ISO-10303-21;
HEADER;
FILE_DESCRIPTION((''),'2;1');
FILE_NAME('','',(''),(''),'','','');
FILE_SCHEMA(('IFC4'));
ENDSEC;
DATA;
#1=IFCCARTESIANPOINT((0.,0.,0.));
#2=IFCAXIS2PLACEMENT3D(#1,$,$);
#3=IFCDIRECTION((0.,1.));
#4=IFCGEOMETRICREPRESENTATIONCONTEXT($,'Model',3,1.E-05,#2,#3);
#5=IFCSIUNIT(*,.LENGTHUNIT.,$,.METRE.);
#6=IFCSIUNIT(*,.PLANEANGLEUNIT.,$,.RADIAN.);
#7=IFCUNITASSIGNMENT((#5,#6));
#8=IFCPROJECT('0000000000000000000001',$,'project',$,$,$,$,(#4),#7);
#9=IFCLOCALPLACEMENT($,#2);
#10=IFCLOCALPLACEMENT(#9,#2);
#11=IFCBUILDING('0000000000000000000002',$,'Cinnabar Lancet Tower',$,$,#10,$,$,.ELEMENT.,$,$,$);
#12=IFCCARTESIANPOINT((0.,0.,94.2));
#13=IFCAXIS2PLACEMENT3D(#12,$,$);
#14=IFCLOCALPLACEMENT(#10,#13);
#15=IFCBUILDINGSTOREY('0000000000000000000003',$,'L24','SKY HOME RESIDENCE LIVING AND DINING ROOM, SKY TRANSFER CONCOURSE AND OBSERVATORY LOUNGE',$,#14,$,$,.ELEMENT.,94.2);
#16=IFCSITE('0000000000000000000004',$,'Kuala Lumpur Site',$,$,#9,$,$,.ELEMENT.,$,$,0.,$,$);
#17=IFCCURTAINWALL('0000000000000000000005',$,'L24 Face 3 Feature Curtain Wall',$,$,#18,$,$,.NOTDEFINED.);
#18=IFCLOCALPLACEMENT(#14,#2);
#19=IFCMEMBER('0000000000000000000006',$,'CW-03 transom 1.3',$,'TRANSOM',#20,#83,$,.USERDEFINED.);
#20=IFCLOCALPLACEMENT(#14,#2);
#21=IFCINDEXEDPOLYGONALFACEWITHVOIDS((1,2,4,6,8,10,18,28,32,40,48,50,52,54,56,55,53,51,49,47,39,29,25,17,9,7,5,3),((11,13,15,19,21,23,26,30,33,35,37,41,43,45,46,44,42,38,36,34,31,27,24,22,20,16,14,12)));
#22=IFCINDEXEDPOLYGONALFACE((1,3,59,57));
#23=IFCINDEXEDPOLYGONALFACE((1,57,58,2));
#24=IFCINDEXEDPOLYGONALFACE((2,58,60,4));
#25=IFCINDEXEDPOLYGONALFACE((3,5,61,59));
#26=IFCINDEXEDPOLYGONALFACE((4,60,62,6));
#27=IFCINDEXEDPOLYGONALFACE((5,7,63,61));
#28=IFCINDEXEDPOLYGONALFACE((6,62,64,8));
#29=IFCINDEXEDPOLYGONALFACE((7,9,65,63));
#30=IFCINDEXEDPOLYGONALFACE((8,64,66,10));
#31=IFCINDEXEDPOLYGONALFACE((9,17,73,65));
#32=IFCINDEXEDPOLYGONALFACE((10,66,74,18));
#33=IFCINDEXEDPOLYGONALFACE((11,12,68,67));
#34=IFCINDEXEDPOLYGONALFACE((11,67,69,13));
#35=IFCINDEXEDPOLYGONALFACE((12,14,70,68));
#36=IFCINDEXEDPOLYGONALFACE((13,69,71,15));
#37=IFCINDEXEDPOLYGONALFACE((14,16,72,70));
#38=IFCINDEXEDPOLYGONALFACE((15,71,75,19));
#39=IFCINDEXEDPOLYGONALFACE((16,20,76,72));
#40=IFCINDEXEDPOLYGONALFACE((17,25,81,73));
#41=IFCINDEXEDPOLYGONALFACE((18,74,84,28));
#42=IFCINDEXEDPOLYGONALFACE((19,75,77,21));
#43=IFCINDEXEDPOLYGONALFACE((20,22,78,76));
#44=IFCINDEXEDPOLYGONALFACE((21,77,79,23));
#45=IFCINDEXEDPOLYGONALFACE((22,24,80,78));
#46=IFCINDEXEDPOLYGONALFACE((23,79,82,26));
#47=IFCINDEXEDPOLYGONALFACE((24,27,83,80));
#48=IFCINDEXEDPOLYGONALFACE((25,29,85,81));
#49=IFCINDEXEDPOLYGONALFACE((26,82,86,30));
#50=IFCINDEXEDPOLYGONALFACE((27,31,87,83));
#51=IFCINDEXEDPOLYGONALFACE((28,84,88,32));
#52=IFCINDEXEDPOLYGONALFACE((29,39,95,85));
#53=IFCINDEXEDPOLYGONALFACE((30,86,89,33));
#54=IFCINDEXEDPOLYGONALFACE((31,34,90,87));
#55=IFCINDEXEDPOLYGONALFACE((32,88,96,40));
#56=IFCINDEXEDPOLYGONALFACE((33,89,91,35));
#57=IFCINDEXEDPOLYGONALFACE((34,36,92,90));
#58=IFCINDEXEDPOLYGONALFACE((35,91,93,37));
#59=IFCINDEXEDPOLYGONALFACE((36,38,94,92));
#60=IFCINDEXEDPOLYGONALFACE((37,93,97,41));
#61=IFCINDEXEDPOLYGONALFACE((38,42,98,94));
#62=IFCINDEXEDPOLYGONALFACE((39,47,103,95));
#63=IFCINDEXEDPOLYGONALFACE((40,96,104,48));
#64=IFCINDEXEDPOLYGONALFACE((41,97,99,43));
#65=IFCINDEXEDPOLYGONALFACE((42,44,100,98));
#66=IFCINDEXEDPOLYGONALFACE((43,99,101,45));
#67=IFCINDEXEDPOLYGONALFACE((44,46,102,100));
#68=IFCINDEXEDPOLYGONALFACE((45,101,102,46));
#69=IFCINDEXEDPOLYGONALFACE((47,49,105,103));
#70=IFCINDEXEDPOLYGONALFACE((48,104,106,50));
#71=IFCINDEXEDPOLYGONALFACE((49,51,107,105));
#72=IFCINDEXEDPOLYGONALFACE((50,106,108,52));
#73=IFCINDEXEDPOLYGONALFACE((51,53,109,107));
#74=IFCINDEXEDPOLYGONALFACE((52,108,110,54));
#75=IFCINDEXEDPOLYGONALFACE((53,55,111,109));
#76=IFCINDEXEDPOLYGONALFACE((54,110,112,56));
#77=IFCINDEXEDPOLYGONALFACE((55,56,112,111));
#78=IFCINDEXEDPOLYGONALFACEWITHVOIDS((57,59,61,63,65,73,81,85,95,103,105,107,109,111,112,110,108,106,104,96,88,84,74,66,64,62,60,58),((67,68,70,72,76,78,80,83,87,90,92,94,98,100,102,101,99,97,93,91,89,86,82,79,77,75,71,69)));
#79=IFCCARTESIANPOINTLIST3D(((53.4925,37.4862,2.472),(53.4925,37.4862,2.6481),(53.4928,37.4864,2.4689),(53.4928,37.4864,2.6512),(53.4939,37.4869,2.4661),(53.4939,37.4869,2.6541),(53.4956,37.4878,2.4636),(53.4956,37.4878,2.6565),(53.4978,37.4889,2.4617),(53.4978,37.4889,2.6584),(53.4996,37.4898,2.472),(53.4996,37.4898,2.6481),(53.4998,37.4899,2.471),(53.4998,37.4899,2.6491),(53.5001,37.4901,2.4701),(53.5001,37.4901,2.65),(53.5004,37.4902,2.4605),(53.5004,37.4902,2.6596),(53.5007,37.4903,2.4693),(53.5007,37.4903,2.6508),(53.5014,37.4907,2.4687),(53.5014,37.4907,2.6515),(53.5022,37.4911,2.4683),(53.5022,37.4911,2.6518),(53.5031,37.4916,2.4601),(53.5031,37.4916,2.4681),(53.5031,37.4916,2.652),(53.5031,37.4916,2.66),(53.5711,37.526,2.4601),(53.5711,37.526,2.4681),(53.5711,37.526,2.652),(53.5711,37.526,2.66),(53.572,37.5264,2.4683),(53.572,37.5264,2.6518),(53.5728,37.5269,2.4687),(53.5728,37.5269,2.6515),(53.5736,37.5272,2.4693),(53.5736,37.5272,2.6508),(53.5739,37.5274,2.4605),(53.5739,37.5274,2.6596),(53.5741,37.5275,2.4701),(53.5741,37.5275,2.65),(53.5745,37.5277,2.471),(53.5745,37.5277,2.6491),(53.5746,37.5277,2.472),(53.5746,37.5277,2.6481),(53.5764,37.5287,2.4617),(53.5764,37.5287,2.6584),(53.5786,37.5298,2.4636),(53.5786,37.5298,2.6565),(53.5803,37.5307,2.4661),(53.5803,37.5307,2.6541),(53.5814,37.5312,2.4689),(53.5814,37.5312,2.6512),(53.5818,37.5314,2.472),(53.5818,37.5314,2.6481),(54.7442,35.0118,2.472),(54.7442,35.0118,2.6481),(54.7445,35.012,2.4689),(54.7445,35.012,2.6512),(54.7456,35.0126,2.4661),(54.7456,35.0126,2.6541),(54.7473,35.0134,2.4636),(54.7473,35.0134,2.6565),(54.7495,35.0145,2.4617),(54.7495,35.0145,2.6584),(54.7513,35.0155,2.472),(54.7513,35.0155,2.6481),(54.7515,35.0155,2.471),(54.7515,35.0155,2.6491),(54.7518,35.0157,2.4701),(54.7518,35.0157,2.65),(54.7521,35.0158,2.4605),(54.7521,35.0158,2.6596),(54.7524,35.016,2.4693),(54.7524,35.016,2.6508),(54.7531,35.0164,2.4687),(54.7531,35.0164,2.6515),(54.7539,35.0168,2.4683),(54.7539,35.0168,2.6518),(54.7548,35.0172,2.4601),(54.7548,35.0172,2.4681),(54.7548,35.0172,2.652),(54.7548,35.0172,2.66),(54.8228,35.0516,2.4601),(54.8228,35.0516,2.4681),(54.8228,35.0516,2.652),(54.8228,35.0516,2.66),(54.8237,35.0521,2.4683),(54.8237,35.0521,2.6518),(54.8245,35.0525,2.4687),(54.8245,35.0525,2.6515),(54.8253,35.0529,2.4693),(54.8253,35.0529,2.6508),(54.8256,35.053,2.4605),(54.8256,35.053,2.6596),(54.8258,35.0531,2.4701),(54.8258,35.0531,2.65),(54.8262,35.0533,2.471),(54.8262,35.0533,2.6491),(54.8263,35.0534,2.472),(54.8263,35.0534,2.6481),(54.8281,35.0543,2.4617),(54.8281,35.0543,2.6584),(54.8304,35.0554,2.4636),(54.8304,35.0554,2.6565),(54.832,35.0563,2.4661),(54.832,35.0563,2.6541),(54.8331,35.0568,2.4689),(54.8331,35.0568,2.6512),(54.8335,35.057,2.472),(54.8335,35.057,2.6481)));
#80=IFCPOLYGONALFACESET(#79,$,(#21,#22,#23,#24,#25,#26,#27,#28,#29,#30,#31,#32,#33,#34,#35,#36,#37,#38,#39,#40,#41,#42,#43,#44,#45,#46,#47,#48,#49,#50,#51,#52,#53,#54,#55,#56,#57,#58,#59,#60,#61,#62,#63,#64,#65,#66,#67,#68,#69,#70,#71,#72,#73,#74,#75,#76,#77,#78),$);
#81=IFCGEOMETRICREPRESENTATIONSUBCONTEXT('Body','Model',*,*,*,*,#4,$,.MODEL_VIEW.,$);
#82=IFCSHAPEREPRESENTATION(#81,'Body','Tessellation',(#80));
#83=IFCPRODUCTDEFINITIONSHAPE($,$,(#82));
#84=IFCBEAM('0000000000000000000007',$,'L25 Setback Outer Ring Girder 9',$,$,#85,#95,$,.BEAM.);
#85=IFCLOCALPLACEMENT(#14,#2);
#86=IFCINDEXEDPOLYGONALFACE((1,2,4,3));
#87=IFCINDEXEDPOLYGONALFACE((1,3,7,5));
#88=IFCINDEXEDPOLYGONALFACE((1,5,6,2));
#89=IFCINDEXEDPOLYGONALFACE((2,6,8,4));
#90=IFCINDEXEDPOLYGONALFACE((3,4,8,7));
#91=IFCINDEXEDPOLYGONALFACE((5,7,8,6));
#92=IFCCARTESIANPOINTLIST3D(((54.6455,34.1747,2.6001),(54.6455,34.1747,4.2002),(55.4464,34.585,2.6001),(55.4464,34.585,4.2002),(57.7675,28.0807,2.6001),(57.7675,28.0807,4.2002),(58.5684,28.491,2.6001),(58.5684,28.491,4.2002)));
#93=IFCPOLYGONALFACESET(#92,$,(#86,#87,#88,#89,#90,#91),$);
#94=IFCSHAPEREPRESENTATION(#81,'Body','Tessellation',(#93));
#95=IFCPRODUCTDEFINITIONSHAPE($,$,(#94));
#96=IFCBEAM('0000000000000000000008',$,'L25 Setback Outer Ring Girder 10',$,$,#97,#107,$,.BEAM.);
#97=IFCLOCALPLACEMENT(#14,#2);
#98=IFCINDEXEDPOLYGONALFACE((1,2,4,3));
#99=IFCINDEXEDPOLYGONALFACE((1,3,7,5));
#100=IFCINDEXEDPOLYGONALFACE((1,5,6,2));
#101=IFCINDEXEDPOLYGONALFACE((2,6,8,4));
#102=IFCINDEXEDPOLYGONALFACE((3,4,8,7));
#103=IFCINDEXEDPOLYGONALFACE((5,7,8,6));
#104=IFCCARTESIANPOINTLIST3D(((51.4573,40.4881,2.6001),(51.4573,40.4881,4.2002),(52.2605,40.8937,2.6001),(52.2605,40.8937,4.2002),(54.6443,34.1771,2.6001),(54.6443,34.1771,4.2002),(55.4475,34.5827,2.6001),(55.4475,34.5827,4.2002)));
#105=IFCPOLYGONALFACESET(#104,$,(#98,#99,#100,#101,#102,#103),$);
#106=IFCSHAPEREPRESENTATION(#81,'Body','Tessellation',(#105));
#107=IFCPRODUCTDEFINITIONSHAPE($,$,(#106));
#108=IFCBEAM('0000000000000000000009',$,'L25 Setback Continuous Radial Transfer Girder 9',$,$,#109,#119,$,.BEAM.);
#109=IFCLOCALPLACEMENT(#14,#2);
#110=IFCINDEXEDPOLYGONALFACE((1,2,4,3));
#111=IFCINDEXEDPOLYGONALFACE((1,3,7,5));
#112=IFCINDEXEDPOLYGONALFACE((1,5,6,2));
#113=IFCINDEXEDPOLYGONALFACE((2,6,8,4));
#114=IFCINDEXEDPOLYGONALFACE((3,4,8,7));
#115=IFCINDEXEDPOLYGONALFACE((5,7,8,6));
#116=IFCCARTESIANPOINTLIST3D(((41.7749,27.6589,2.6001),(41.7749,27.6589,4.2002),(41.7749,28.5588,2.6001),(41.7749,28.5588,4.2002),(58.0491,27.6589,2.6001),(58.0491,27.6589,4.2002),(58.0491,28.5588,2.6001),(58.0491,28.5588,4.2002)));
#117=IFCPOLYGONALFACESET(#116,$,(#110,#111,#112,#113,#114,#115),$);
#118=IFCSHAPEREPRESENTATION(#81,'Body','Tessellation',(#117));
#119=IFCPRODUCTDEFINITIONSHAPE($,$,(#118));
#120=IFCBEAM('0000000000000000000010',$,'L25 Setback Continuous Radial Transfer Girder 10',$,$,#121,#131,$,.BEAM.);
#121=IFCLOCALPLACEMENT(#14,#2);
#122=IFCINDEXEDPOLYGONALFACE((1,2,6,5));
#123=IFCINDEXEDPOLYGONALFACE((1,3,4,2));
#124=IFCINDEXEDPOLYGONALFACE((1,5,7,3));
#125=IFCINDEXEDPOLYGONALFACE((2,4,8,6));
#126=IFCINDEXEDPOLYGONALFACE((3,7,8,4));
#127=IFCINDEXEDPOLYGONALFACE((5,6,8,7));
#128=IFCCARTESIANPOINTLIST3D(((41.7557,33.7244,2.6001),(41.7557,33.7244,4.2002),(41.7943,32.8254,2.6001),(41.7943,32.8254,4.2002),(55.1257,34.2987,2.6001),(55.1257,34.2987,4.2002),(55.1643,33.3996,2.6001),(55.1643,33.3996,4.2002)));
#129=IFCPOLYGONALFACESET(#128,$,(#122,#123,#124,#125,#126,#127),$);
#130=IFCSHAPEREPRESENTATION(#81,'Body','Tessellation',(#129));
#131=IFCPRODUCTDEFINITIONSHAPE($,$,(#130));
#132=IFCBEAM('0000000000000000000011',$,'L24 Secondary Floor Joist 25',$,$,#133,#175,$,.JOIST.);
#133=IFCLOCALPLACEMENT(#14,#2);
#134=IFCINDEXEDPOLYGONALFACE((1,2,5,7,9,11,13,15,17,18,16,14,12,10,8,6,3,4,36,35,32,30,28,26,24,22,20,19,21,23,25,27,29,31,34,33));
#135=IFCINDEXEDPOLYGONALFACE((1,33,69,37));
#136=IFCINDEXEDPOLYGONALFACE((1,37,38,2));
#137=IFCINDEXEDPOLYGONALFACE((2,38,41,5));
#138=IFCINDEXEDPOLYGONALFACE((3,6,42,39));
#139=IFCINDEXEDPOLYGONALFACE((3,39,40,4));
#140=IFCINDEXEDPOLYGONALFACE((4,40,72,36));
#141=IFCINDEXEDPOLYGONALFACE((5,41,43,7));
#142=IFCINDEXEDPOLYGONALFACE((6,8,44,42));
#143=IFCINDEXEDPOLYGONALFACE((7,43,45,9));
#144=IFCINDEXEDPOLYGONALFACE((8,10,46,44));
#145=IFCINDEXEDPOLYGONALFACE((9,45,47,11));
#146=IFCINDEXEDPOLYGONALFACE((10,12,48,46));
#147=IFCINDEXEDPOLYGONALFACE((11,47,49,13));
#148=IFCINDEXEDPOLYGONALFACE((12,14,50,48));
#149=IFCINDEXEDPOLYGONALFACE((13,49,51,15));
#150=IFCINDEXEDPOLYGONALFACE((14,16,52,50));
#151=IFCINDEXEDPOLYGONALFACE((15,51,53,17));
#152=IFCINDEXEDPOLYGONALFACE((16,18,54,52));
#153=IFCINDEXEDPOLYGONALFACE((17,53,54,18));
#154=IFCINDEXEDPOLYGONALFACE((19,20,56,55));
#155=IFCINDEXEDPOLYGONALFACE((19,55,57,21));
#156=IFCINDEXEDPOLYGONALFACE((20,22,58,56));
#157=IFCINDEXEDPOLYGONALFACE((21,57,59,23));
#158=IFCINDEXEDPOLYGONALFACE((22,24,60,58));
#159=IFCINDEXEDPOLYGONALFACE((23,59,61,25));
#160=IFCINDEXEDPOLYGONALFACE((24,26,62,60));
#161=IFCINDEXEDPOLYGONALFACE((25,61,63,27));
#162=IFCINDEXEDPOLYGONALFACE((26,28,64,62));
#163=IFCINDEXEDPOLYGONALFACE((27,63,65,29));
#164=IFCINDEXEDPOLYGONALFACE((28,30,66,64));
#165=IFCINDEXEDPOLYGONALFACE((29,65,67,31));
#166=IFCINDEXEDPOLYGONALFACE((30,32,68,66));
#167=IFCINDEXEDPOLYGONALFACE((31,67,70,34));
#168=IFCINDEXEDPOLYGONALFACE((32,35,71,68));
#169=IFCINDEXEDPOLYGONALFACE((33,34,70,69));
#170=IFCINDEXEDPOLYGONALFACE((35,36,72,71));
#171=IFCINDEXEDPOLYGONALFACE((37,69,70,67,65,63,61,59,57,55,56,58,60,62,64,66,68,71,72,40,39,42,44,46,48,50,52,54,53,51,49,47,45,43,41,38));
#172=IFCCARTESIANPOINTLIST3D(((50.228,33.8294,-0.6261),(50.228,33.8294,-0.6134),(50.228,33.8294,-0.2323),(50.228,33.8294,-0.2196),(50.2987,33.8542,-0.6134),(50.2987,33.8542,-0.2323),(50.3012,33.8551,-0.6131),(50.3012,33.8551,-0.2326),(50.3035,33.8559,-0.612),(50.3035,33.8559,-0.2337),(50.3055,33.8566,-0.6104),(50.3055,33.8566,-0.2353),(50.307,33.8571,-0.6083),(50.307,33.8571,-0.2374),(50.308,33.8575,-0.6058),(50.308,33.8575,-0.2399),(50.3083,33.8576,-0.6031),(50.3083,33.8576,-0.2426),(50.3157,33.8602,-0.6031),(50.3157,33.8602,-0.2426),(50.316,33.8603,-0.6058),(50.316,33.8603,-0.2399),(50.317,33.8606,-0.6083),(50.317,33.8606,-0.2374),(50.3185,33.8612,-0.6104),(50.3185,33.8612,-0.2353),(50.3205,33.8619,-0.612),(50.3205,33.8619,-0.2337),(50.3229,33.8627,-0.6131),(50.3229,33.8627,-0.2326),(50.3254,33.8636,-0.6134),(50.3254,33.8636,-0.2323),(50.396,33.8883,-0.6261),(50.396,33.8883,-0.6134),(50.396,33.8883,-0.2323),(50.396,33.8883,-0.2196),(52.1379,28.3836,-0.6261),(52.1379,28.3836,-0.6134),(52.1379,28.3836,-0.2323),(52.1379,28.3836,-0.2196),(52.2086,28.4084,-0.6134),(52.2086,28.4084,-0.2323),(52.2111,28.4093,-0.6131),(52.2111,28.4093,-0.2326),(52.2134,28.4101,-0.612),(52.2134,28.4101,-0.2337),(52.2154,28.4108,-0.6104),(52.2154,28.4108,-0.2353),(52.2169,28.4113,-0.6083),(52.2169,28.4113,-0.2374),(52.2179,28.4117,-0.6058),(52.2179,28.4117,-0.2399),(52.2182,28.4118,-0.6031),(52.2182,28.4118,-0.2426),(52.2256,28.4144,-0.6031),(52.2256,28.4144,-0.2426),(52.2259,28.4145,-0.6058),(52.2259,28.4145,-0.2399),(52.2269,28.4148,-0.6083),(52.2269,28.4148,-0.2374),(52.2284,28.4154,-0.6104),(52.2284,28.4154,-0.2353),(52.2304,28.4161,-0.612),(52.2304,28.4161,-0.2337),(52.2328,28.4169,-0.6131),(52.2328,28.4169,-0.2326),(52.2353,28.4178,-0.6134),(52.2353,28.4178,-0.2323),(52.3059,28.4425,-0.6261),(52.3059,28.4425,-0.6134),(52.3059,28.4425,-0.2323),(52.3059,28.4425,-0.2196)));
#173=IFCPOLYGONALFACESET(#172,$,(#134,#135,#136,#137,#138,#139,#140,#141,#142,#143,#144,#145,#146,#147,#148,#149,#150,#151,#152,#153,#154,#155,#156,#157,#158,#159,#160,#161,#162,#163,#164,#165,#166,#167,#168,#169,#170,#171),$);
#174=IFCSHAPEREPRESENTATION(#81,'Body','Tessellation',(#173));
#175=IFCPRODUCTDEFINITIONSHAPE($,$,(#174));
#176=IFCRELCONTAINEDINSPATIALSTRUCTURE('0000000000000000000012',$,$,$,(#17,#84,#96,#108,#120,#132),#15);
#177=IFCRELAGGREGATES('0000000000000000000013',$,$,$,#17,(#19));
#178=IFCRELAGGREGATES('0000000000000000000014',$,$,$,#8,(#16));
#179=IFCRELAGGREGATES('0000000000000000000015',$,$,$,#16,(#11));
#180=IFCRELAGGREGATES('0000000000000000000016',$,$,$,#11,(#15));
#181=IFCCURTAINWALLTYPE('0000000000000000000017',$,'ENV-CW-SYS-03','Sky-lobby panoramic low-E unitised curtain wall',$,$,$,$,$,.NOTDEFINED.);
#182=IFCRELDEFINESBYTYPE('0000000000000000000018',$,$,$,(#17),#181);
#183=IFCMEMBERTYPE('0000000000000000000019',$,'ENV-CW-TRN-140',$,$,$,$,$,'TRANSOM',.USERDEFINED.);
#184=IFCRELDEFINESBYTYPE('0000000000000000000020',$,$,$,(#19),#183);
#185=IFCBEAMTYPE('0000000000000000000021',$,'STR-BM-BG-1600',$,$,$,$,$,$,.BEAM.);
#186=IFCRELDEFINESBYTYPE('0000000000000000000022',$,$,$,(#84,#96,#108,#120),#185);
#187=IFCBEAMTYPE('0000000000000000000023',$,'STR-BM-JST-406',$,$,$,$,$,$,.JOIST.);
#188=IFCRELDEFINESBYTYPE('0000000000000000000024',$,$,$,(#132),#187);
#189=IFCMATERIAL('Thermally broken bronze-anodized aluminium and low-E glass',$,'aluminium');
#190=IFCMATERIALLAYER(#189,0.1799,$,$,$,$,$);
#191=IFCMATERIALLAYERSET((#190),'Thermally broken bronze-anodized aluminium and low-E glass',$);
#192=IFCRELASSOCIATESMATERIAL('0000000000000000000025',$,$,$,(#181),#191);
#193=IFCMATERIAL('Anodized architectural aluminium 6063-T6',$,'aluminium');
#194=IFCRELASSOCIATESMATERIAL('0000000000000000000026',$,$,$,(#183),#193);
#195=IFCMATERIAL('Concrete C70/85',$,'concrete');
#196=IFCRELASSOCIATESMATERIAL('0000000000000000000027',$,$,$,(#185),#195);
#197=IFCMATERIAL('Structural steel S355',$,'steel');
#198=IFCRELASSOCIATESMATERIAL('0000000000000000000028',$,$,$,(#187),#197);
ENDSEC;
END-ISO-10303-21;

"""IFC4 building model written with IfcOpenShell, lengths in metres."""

from ifc_helpers import new_model, si_unit, direction, frame, origin, origin_2d, place, context, subcontext, project, spatial, rectangle, hollow_rectangle, i_section, extrude, material, layer, layer_set, material_profile, profile_set, type_object, element, aggregate, save


model = new_model("IFC4")

# Units and contexts
model_context = context("Model", 3, precision=1e-05, world=origin(), true_north=direction((0.0, 1.0)))
body_context = subcontext(model_context, "Body", "Model", "MODEL_VIEW")
ifc_project = project(units=[si_unit("LENGTHUNIT", "METRE"), si_unit("PLANEANGLEUNIT", "RADIAN")], contexts=[model_context])

# Site, building, storey
site_placement = place(None, origin())
site = spatial("IfcSite", under=ifc_project, at=site_placement, Name="Kuala Lumpur Site", CompositionType="ELEMENT", RefElevation=0.0)
building_placement = place(site_placement, origin())
building = spatial("IfcBuilding", under=site, at=building_placement, Name="Cinnabar Lancet Tower", CompositionType="ELEMENT")
storey_placement = place(building_placement, frame((0.0, 0.0, 94.2)))
storey = spatial("IfcBuildingStorey", under=building, at=storey_placement, Name="L24", Description="SKY HOME RESIDENCE LIVING AND DINING ROOM, SKY TRANSFER CONCOURSE AND OBSERVATORY LOUNGE", CompositionType="ELEMENT", Elevation=94.2)

# Curtain wall, member
ifc_material_1 = material(Name="Thermally broken bronze-anodized aluminium and low-E glass", Category="aluminium")
ifc_layer_1 = layer(ifc_material_1, 0.1799)
ifc_layer_set_1 = layer_set([ifc_layer_1], Name="Thermally broken bronze-anodized aluminium and low-E glass")
curtain_wall_type = type_object("IfcCurtainWallType", Name="ENV-CW-SYS-03", Description="Sky-lobby panoramic low-E unitised curtain wall", PredefinedType="NOTDEFINED", material=ifc_layer_set_1)
curtain_wall_placement = place(storey_placement, origin())
curtain_wall = element("IfcCurtainWall", 1, at=curtain_wall_placement, inside=storey, type_object=curtain_wall_type, Name="L24 Face 3 Feature Curtain Wall", PredefinedType="NOTDEFINED")
ifc_material_2 = material(Name="Anodized architectural aluminium 6063-T6", Category="aluminium")
ifc_material_profile_1 = material_profile(ifc_material_2, hollow_rectangle(XDim=0.1001, YDim=0.2, WallThickness=0.0081, InnerFilletRadius=0.0039, OuterFilletRadius=0.012, at=origin_2d()), Name="RHS 200x100x8")
ifc_profile_set_1 = profile_set([ifc_material_profile_1], Name="Anodized architectural aluminium 6063-T6")
member_type_1 = type_object("IfcMemberType", Name="ENV-CW-TRN-140", ElementType="TRANSOM", PredefinedType="USERDEFINED", material=ifc_profile_set_1)
member_1_placement = place(storey_placement, frame((54.7888, 35.0344, 2.5601), z_axis=(-0.4514, 0.892322, 0.0), x_axis=(-0.892322, -0.4514, 0.0)))
member_1 = element("IfcMember", 2, at=member_1_placement, type_object=member_type_1, Name="CW-03 transom 1.3", ObjectType="TRANSOM", PredefinedType="USERDEFINED", context=body_context, shape_type="SweptSolid", body=[
    extrude(hollow_rectangle(XDim=0.1001, YDim=0.2, WallThickness=0.0081, InnerFilletRadius=0.0039, OuterFilletRadius=0.012, at=origin_2d()), origin(), (0.0, 0.0, 1.0), 2.7729),
])

# Beams
ifc_material_3 = material(Name="Concrete C70/85", Category="concrete")
ifc_material_profile_2 = material_profile(ifc_material_3, rectangle(XDim=0.8999, YDim=1.6001, at=origin_2d()), Name="RC-BG 900x1600")
ifc_profile_set_2 = profile_set([ifc_material_profile_2], Name="Concrete C70/85")
beam_type_1 = type_object("IfcBeamType", Name="STR-BM-BG-1600", PredefinedType="BEAM", material=ifc_profile_set_2)
beam_1_placement = place(storey_placement, frame((58.168, 28.2859, 3.4001), z_axis=(-0.455963, 0.889999, 0.0), x_axis=(-0.889999, -0.455963, 0.0)))
element("IfcBeam", 3, at=beam_1_placement, inside=storey, type_object=beam_type_1, Name="L25 Setback Outer Ring Girder 9", PredefinedType="BEAM", context=body_context, shape_type="SweptSolid", body=[
    extrude(rectangle(XDim=0.8999, YDim=1.6001, at=origin_2d()), origin(), (0.0, 0.0, 1.0), 6.8472),
])
beam_2_placement = place(storey_placement, frame((55.0459, 34.3799, 3.4001), z_axis=(-0.450774, 0.892638, 0.0), x_axis=(-0.892638, -0.450774, 0.0)))
element("IfcBeam", 4, at=beam_2_placement, inside=storey, type_object=beam_type_1, Name="L25 Setback Outer Ring Girder 10", PredefinedType="BEAM", context=body_context, shape_type="SweptSolid", body=[
    extrude(rectangle(XDim=0.8999, YDim=1.6001, at=origin_2d()), origin(), (0.0, 0.0, 1.0), 7.0701),
])
beam_3_placement = place(storey_placement, frame((58.0491, 28.1089, 3.4001), z_axis=(-1.0, 0.0, 0.0), x_axis=(0.0, -1.0, 0.0)))
element("IfcBeam", 5, at=beam_3_placement, inside=storey, type_object=beam_type_1, Name="L25 Setback Continuous Radial Transfer Girder 9", PredefinedType="BEAM", context=body_context, shape_type="SweptSolid", body=[
    extrude(rectangle(XDim=0.8999, YDim=1.6001, at=origin_2d()), origin(), (0.0, 0.0, 1.0), 16.2742),
])
beam_4_placement = place(storey_placement, frame((55.145, 33.8491, 3.4001), z_axis=(-0.999079, -0.042908, 0.0), x_axis=(0.042908, -0.999079, 0.0)))
element("IfcBeam", 6, at=beam_4_placement, inside=storey, type_object=beam_type_1, Name="L25 Setback Continuous Radial Transfer Girder 10", PredefinedType="BEAM", context=body_context, shape_type="SweptSolid", body=[
    extrude(rectangle(XDim=0.8999, YDim=1.6001, at=origin_2d()), origin(), (0.0, 0.0, 1.0), 13.3823),
])
ifc_material_4 = material(Name="Structural steel S355", Category="steel")
ifc_material_profile_3 = material_profile(ifc_material_4, i_section(OverallWidth=0.178, OverallDepth=0.4065, WebThickness=0.0078, FlangeThickness=0.0127, FilletRadius=0.0103, at=origin_2d()), Name="UKB 406x178x60")
ifc_profile_set_3 = profile_set([ifc_material_profile_3], Name="Structural steel S355")
beam_type_2 = type_object("IfcBeamType", Name="STR-BM-JST-406", PredefinedType="JOIST", material=ifc_profile_set_3)
beam_5_placement = place(storey_placement, frame((52.2219, 28.4131, -0.4229), z_axis=(-0.33095, 0.943648, 0.0), x_axis=(-0.943648, -0.33095, 0.0)))
element("IfcBeam", 7, at=beam_5_placement, inside=storey, type_object=beam_type_2, Name="L24 Secondary Floor Joist 25", PredefinedType="JOIST", context=body_context, shape_type="SweptSolid", body=[
    extrude(i_section(OverallWidth=0.178, OverallDepth=0.4065, WebThickness=0.0078, FlangeThickness=0.0127, FilletRadius=0.0103, at=origin_2d()), origin(), (0.0, 0.0, 1.0), 5.771),
])

aggregate(curtain_wall, [member_1])

save(model, "model.ifc")
